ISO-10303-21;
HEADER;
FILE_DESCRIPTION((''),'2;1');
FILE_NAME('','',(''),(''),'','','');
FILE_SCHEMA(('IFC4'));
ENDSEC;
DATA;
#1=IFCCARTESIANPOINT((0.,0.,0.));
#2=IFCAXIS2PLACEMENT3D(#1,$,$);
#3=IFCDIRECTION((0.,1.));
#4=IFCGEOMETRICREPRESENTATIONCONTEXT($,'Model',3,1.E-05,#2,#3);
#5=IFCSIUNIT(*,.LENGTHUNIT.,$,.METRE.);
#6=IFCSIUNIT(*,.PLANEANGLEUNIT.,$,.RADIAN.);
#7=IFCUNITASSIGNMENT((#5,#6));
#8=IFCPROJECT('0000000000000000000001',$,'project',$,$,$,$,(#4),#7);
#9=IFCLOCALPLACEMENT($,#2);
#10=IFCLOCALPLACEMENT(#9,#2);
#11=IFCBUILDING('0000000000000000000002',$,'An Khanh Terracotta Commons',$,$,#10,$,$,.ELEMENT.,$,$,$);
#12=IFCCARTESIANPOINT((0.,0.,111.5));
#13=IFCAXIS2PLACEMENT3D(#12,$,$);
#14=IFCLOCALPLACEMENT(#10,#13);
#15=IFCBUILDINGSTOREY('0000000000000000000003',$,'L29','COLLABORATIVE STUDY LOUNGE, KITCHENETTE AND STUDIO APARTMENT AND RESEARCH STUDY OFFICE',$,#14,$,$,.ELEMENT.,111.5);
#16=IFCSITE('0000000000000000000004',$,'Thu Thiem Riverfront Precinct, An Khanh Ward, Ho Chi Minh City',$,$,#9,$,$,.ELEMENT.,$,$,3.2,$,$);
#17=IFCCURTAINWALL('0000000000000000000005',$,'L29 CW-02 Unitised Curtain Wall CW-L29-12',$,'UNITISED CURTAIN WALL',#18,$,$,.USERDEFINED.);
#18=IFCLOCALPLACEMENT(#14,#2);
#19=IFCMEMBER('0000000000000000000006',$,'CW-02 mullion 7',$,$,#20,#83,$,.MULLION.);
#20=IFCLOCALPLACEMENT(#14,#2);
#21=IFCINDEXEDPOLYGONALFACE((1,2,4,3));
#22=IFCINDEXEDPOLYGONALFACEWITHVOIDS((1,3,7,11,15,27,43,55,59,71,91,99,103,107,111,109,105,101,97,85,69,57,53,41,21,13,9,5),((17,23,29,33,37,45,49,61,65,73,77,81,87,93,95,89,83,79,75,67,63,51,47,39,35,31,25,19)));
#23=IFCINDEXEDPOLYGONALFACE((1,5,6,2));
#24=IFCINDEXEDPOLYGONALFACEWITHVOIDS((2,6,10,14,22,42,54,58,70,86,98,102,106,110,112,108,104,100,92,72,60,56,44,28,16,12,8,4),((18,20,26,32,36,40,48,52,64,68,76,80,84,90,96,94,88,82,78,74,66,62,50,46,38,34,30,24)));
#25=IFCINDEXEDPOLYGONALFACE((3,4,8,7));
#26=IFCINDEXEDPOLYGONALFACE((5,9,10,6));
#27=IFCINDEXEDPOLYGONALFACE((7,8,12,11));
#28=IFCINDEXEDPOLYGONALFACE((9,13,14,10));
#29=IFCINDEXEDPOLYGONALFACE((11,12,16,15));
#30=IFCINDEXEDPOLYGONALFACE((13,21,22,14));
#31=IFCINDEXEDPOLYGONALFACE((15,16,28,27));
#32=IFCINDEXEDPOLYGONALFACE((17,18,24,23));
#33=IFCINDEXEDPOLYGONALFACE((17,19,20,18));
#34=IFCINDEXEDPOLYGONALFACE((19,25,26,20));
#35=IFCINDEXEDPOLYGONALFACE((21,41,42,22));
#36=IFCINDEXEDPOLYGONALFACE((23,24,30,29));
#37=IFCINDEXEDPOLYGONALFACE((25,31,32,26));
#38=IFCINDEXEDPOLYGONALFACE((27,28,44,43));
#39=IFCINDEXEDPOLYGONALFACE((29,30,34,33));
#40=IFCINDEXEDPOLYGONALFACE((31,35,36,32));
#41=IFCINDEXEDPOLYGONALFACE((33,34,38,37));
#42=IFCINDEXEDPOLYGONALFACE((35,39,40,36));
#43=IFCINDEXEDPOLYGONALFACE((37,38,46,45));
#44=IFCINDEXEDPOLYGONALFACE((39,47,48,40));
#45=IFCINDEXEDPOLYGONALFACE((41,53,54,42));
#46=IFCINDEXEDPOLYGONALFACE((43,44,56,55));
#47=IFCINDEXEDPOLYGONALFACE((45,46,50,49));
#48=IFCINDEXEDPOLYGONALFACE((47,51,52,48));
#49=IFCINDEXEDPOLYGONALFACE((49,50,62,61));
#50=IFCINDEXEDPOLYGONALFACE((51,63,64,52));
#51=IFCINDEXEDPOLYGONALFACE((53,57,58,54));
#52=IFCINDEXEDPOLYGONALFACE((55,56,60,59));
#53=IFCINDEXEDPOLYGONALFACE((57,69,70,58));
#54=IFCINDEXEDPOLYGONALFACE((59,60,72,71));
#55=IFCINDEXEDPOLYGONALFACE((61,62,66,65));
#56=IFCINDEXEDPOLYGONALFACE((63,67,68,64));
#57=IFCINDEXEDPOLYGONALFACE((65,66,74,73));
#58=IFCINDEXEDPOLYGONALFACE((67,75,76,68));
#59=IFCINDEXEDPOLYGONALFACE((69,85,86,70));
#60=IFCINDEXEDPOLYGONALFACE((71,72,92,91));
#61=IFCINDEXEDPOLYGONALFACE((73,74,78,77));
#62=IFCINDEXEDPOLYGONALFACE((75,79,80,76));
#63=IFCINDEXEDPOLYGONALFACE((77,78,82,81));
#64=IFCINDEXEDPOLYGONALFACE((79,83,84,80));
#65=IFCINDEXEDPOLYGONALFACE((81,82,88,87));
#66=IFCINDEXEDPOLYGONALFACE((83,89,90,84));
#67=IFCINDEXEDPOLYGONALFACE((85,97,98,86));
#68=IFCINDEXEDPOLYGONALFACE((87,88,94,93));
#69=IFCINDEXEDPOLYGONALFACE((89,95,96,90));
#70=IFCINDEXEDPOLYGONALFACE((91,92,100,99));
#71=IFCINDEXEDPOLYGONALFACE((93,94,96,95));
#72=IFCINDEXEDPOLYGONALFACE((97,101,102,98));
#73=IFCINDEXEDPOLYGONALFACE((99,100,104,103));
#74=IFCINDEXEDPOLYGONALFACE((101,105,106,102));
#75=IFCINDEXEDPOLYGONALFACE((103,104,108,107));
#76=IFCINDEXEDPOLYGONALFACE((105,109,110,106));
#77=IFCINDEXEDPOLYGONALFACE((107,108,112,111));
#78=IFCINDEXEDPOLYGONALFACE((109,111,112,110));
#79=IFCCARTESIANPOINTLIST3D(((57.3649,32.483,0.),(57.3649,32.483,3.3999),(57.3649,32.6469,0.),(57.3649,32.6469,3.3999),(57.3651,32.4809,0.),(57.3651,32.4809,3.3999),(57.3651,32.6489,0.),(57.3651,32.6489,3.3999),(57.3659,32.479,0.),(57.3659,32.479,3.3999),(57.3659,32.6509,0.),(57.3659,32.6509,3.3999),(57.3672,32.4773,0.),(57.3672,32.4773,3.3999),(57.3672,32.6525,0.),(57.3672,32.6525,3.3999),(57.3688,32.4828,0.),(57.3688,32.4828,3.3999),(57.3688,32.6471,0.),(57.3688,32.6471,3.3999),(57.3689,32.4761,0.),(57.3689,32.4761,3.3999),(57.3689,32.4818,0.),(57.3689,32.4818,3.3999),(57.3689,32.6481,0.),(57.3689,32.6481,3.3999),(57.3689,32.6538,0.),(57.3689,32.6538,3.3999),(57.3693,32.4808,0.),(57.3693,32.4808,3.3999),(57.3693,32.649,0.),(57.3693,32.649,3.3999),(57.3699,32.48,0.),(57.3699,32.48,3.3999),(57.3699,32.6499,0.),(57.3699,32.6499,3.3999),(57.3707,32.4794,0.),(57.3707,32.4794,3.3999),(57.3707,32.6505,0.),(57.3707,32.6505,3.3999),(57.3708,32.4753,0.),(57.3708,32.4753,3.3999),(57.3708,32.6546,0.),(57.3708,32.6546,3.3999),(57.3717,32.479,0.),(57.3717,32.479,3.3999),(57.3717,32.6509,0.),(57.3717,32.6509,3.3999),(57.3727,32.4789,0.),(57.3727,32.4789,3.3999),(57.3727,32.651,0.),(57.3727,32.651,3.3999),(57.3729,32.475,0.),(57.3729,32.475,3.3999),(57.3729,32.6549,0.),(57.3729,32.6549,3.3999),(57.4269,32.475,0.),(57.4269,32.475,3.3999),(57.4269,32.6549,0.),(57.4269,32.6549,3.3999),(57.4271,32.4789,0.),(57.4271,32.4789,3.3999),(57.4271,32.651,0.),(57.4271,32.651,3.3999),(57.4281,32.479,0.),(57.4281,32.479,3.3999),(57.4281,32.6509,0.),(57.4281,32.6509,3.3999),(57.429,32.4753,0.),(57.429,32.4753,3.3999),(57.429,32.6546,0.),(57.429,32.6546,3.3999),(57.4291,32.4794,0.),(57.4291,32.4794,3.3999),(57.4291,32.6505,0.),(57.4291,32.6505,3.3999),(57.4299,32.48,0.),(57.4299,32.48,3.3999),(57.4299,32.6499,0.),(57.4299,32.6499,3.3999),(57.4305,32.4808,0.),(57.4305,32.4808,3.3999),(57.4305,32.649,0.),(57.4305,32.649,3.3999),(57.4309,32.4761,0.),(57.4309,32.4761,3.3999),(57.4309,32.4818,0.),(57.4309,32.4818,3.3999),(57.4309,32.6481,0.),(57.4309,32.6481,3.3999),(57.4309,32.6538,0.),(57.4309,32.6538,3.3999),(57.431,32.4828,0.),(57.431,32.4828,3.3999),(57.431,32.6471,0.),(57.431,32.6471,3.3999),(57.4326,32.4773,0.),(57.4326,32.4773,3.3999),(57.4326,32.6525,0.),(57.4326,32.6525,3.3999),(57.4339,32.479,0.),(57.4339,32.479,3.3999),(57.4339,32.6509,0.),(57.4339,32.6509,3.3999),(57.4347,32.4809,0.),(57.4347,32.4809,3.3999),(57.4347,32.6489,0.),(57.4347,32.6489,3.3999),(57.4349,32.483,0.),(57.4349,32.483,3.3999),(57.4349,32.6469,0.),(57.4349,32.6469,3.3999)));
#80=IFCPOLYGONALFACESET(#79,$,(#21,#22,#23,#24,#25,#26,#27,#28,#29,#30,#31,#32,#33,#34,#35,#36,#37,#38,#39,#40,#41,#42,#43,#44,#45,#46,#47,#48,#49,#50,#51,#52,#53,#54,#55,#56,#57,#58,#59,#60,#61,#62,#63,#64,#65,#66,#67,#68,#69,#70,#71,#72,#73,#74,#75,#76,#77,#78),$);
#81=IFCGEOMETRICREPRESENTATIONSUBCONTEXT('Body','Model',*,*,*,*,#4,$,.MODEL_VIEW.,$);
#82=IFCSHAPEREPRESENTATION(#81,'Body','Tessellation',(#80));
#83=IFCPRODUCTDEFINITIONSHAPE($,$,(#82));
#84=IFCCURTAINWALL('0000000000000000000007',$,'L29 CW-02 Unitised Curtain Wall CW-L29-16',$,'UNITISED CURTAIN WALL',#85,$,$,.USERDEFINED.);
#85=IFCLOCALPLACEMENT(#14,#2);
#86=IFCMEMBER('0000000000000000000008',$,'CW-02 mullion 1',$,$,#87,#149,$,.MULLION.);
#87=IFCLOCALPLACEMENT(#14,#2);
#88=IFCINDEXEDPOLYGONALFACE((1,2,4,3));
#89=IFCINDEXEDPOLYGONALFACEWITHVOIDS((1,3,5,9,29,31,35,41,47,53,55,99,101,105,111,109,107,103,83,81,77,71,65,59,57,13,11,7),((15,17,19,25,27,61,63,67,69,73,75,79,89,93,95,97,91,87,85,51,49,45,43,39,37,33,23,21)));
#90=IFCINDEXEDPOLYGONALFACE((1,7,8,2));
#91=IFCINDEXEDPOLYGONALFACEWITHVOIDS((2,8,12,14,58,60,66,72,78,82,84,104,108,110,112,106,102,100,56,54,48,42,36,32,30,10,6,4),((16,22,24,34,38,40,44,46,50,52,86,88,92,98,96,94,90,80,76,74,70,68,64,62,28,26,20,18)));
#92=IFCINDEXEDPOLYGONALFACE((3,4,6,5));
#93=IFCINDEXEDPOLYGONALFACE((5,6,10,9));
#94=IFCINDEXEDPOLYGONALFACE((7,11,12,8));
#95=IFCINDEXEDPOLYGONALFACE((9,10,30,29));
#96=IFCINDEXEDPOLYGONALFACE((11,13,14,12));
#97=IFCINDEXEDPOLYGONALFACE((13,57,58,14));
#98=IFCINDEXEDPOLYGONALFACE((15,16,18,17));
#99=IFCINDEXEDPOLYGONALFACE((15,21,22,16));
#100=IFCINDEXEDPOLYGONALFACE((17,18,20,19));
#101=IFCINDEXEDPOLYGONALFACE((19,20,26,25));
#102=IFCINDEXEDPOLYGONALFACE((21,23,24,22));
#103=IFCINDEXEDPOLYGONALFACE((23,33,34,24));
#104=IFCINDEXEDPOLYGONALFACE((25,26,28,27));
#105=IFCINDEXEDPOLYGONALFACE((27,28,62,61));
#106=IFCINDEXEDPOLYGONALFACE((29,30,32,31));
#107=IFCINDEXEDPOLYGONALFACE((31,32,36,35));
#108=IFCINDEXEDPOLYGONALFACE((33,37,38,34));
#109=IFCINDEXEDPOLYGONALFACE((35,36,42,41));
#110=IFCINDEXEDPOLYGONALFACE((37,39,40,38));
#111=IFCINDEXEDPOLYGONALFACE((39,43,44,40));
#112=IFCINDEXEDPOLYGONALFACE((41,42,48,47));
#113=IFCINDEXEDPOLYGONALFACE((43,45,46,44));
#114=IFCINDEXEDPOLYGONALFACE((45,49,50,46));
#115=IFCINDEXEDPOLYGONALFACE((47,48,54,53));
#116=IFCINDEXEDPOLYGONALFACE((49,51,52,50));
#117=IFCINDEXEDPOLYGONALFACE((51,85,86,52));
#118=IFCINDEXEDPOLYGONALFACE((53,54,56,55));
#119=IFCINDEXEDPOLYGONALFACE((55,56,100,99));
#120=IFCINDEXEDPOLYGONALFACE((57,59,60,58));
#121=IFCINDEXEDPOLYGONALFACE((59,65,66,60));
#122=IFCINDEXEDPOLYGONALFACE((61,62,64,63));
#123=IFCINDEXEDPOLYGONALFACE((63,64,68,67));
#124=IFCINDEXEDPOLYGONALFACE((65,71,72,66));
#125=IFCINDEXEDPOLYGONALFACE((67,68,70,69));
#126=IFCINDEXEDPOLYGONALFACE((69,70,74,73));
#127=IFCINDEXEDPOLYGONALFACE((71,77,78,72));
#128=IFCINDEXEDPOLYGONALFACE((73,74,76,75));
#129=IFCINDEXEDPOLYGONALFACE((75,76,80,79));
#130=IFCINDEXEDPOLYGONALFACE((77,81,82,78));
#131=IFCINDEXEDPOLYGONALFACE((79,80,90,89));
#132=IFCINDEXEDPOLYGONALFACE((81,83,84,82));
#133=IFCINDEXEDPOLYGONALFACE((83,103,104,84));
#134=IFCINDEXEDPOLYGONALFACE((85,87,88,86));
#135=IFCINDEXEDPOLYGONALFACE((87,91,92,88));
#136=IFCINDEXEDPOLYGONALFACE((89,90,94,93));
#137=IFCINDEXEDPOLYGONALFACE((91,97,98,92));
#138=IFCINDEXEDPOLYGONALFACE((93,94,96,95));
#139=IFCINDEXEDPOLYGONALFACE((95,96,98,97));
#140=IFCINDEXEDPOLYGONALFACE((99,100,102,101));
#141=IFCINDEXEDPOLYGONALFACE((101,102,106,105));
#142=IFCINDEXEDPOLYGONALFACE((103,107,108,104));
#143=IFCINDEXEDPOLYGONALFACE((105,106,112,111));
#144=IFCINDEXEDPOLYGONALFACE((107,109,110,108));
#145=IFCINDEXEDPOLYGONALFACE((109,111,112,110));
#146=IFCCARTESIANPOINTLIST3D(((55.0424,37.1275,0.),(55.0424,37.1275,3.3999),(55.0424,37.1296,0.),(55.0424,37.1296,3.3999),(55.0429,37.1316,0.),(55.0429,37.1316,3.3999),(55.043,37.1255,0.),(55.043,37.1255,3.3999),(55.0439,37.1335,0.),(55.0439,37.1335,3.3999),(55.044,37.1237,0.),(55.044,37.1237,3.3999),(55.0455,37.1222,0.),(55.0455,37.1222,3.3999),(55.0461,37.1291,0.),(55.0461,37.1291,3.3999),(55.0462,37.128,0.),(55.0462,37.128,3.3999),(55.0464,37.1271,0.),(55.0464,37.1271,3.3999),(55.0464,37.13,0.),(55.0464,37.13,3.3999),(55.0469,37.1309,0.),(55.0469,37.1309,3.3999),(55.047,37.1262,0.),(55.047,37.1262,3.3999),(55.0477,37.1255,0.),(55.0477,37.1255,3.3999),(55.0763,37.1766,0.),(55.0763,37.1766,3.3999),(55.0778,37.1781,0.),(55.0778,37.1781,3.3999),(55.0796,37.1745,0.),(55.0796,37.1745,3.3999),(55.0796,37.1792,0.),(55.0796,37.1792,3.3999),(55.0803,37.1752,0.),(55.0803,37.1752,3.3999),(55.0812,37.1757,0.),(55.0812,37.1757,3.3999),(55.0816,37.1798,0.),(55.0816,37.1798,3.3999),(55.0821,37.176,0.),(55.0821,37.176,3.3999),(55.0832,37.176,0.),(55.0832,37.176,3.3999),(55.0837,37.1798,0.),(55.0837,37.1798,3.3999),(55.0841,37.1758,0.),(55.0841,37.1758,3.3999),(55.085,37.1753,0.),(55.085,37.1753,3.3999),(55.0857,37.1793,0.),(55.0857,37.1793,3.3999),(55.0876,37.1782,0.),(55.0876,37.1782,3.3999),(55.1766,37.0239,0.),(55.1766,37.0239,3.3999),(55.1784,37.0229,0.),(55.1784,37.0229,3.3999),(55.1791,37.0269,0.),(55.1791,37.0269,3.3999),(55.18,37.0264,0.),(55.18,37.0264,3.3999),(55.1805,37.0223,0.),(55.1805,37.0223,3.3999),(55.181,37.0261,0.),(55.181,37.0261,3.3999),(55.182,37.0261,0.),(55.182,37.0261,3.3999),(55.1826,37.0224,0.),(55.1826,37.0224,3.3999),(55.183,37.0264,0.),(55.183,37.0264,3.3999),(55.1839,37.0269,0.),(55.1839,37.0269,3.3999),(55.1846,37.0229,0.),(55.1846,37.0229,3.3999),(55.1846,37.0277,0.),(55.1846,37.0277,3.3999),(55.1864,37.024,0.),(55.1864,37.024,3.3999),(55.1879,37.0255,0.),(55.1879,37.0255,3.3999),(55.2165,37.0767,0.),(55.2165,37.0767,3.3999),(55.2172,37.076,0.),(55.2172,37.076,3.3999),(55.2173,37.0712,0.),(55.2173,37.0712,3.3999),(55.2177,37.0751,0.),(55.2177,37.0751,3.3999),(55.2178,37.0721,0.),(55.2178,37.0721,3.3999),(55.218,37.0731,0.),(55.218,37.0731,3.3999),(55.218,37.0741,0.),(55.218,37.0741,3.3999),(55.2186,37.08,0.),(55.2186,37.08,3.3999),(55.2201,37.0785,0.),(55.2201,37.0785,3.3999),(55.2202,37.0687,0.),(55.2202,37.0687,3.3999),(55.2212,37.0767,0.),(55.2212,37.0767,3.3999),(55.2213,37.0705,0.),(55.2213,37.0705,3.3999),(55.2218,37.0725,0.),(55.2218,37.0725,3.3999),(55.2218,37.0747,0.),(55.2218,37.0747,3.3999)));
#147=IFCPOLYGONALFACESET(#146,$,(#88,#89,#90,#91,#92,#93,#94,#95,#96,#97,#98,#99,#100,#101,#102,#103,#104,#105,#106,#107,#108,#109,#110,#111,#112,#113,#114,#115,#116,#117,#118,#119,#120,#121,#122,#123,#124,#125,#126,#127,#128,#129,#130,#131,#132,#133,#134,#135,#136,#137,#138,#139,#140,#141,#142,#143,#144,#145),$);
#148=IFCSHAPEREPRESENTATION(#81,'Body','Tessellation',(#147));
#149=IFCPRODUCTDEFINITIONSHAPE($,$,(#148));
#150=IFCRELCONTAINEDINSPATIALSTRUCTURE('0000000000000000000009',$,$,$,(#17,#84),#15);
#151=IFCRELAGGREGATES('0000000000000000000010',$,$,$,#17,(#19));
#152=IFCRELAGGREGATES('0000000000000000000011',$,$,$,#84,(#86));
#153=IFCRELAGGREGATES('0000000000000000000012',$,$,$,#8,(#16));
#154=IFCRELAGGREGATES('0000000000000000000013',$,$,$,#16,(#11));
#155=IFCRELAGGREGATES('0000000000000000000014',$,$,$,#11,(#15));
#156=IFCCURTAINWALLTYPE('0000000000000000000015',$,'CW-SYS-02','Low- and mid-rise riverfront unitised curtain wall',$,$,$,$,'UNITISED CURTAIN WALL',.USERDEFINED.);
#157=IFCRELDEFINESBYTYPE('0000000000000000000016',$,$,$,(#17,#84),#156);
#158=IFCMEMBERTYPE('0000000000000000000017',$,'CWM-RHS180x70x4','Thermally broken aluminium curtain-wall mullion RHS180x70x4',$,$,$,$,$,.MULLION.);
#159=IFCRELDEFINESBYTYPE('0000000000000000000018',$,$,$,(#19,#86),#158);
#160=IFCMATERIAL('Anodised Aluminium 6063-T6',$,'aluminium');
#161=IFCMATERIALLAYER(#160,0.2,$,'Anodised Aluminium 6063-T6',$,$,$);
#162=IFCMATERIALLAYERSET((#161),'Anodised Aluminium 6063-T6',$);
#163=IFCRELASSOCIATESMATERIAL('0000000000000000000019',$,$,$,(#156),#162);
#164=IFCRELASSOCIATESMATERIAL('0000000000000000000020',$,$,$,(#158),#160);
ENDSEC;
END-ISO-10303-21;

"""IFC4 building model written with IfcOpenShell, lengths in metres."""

from ifc_helpers import new_model, si_unit, direction, frame, origin, origin_2d, place, context, subcontext, project, spatial, hollow_rectangle, extrude, material, layer, layer_set, material_profile, profile_set, type_object, element, aggregate, save


model = new_model("IFC4")

# Units and contexts
model_context = context("Model", 3, precision=1e-05, world=origin(), true_north=direction((0.0, 1.0)))
body_context = subcontext(model_context, "Body", "Model", "MODEL_VIEW")
ifc_project = project(units=[si_unit("LENGTHUNIT", "METRE"), si_unit("PLANEANGLEUNIT", "RADIAN")], contexts=[model_context])

# Site, building, storey
site_placement = place(None, origin())
site = spatial("IfcSite", under=ifc_project, at=site_placement, Name="Thu Thiem Riverfront Precinct, An Khanh Ward, Ho Chi Minh City", CompositionType="ELEMENT", RefElevation=3.2)
building_placement = place(site_placement, origin())
building = spatial("IfcBuilding", under=site, at=building_placement, Name="An Khanh Terracotta Commons", CompositionType="ELEMENT")
storey_placement = place(building_placement, frame((0.0, 0.0, 111.5)))
storey = spatial("IfcBuildingStorey", under=building, at=storey_placement, Name="L29", Description="COLLABORATIVE STUDY LOUNGE, KITCHENETTE AND STUDIO APARTMENT AND RESEARCH STUDY OFFICE", CompositionType="ELEMENT", Elevation=111.5)

# Curtain wall, member
ifc_material_1 = material(Name="Anodised Aluminium 6063-T6", Category="aluminium")
ifc_layer_1 = layer(ifc_material_1, 0.2, Name="Anodised Aluminium 6063-T6")
ifc_layer_set_1 = layer_set([ifc_layer_1], Name="Anodised Aluminium 6063-T6")
curtain_wall_type = type_object("IfcCurtainWallType", Name="CW-SYS-02", Description="Low- and mid-rise riverfront unitised curtain wall", ElementType="UNITISED CURTAIN WALL", PredefinedType="USERDEFINED", material=ifc_layer_set_1)
curtain_wall_1_placement = place(storey_placement, origin())
curtain_wall_1 = element("IfcCurtainWall", 1, at=curtain_wall_1_placement, inside=storey, type_object=curtain_wall_type, Name="L29 CW-02 Unitised Curtain Wall CW-L29-12", ObjectType="UNITISED CURTAIN WALL", PredefinedType="USERDEFINED")
ifc_material_profile_1 = material_profile(ifc_material_1, hollow_rectangle(XDim=0.0701, YDim=0.1799, WallThickness=0.0039, InnerFilletRadius=0.0039, OuterFilletRadius=0.0081, at=origin_2d()), Name="RHS180x70x4")
ifc_profile_set_1 = profile_set([ifc_material_profile_1], Name="Anodised Aluminium 6063-T6")
member_type_1 = type_object("IfcMemberType", Name="CWM-RHS180x70x4", Description="Thermally broken aluminium curtain-wall mullion RHS180x70x4", PredefinedType="MULLION", material=ifc_profile_set_1)
member_1_placement = place(storey_placement, frame((57.3999, 32.5649, 0.0), z_axis=(0.0, 0.0, 1.0), x_axis=(-1.0, 0.0, 0.0)))
member_1 = element("IfcMember", 2, at=member_1_placement, type_object=member_type_1, Name="CW-02 mullion 7", PredefinedType="MULLION", context=body_context, shape_type="SweptSolid", body=[
    extrude(hollow_rectangle(XDim=0.0701, YDim=0.1799, WallThickness=0.0039, InnerFilletRadius=0.0039, OuterFilletRadius=0.0081, at=origin_2d()), origin(), (0.0, 0.0, 1.0), 3.3999),
])
aggregate(curtain_wall_1, [member_1])

# Curtain wall, member
curtain_wall_2_placement = place(storey_placement, origin())
curtain_wall_2 = element("IfcCurtainWall", 3, at=curtain_wall_2_placement, inside=storey, type_object=curtain_wall_type, Name="L29 CW-02 Unitised Curtain Wall CW-L29-16", ObjectType="UNITISED CURTAIN WALL", PredefinedType="USERDEFINED")
member_2_placement = place(storey_placement, frame((55.1321, 37.1011, 0.0), z_axis=(0.0, 0.0, 1.0), x_axis=(-0.599983, -0.800013, 0.0)))
member_2 = element("IfcMember", 4, at=member_2_placement, type_object=member_type_1, Name="CW-02 mullion 1", PredefinedType="MULLION", context=body_context, shape_type="SweptSolid", body=[
    extrude(hollow_rectangle(XDim=0.0701, YDim=0.1799, WallThickness=0.0039, InnerFilletRadius=0.0039, OuterFilletRadius=0.0081, at=origin_2d()), origin(), (0.0, 0.0, 1.0), 3.3999),
])
aggregate(curtain_wall_2, [member_2])

save(model, "model.ifc")
